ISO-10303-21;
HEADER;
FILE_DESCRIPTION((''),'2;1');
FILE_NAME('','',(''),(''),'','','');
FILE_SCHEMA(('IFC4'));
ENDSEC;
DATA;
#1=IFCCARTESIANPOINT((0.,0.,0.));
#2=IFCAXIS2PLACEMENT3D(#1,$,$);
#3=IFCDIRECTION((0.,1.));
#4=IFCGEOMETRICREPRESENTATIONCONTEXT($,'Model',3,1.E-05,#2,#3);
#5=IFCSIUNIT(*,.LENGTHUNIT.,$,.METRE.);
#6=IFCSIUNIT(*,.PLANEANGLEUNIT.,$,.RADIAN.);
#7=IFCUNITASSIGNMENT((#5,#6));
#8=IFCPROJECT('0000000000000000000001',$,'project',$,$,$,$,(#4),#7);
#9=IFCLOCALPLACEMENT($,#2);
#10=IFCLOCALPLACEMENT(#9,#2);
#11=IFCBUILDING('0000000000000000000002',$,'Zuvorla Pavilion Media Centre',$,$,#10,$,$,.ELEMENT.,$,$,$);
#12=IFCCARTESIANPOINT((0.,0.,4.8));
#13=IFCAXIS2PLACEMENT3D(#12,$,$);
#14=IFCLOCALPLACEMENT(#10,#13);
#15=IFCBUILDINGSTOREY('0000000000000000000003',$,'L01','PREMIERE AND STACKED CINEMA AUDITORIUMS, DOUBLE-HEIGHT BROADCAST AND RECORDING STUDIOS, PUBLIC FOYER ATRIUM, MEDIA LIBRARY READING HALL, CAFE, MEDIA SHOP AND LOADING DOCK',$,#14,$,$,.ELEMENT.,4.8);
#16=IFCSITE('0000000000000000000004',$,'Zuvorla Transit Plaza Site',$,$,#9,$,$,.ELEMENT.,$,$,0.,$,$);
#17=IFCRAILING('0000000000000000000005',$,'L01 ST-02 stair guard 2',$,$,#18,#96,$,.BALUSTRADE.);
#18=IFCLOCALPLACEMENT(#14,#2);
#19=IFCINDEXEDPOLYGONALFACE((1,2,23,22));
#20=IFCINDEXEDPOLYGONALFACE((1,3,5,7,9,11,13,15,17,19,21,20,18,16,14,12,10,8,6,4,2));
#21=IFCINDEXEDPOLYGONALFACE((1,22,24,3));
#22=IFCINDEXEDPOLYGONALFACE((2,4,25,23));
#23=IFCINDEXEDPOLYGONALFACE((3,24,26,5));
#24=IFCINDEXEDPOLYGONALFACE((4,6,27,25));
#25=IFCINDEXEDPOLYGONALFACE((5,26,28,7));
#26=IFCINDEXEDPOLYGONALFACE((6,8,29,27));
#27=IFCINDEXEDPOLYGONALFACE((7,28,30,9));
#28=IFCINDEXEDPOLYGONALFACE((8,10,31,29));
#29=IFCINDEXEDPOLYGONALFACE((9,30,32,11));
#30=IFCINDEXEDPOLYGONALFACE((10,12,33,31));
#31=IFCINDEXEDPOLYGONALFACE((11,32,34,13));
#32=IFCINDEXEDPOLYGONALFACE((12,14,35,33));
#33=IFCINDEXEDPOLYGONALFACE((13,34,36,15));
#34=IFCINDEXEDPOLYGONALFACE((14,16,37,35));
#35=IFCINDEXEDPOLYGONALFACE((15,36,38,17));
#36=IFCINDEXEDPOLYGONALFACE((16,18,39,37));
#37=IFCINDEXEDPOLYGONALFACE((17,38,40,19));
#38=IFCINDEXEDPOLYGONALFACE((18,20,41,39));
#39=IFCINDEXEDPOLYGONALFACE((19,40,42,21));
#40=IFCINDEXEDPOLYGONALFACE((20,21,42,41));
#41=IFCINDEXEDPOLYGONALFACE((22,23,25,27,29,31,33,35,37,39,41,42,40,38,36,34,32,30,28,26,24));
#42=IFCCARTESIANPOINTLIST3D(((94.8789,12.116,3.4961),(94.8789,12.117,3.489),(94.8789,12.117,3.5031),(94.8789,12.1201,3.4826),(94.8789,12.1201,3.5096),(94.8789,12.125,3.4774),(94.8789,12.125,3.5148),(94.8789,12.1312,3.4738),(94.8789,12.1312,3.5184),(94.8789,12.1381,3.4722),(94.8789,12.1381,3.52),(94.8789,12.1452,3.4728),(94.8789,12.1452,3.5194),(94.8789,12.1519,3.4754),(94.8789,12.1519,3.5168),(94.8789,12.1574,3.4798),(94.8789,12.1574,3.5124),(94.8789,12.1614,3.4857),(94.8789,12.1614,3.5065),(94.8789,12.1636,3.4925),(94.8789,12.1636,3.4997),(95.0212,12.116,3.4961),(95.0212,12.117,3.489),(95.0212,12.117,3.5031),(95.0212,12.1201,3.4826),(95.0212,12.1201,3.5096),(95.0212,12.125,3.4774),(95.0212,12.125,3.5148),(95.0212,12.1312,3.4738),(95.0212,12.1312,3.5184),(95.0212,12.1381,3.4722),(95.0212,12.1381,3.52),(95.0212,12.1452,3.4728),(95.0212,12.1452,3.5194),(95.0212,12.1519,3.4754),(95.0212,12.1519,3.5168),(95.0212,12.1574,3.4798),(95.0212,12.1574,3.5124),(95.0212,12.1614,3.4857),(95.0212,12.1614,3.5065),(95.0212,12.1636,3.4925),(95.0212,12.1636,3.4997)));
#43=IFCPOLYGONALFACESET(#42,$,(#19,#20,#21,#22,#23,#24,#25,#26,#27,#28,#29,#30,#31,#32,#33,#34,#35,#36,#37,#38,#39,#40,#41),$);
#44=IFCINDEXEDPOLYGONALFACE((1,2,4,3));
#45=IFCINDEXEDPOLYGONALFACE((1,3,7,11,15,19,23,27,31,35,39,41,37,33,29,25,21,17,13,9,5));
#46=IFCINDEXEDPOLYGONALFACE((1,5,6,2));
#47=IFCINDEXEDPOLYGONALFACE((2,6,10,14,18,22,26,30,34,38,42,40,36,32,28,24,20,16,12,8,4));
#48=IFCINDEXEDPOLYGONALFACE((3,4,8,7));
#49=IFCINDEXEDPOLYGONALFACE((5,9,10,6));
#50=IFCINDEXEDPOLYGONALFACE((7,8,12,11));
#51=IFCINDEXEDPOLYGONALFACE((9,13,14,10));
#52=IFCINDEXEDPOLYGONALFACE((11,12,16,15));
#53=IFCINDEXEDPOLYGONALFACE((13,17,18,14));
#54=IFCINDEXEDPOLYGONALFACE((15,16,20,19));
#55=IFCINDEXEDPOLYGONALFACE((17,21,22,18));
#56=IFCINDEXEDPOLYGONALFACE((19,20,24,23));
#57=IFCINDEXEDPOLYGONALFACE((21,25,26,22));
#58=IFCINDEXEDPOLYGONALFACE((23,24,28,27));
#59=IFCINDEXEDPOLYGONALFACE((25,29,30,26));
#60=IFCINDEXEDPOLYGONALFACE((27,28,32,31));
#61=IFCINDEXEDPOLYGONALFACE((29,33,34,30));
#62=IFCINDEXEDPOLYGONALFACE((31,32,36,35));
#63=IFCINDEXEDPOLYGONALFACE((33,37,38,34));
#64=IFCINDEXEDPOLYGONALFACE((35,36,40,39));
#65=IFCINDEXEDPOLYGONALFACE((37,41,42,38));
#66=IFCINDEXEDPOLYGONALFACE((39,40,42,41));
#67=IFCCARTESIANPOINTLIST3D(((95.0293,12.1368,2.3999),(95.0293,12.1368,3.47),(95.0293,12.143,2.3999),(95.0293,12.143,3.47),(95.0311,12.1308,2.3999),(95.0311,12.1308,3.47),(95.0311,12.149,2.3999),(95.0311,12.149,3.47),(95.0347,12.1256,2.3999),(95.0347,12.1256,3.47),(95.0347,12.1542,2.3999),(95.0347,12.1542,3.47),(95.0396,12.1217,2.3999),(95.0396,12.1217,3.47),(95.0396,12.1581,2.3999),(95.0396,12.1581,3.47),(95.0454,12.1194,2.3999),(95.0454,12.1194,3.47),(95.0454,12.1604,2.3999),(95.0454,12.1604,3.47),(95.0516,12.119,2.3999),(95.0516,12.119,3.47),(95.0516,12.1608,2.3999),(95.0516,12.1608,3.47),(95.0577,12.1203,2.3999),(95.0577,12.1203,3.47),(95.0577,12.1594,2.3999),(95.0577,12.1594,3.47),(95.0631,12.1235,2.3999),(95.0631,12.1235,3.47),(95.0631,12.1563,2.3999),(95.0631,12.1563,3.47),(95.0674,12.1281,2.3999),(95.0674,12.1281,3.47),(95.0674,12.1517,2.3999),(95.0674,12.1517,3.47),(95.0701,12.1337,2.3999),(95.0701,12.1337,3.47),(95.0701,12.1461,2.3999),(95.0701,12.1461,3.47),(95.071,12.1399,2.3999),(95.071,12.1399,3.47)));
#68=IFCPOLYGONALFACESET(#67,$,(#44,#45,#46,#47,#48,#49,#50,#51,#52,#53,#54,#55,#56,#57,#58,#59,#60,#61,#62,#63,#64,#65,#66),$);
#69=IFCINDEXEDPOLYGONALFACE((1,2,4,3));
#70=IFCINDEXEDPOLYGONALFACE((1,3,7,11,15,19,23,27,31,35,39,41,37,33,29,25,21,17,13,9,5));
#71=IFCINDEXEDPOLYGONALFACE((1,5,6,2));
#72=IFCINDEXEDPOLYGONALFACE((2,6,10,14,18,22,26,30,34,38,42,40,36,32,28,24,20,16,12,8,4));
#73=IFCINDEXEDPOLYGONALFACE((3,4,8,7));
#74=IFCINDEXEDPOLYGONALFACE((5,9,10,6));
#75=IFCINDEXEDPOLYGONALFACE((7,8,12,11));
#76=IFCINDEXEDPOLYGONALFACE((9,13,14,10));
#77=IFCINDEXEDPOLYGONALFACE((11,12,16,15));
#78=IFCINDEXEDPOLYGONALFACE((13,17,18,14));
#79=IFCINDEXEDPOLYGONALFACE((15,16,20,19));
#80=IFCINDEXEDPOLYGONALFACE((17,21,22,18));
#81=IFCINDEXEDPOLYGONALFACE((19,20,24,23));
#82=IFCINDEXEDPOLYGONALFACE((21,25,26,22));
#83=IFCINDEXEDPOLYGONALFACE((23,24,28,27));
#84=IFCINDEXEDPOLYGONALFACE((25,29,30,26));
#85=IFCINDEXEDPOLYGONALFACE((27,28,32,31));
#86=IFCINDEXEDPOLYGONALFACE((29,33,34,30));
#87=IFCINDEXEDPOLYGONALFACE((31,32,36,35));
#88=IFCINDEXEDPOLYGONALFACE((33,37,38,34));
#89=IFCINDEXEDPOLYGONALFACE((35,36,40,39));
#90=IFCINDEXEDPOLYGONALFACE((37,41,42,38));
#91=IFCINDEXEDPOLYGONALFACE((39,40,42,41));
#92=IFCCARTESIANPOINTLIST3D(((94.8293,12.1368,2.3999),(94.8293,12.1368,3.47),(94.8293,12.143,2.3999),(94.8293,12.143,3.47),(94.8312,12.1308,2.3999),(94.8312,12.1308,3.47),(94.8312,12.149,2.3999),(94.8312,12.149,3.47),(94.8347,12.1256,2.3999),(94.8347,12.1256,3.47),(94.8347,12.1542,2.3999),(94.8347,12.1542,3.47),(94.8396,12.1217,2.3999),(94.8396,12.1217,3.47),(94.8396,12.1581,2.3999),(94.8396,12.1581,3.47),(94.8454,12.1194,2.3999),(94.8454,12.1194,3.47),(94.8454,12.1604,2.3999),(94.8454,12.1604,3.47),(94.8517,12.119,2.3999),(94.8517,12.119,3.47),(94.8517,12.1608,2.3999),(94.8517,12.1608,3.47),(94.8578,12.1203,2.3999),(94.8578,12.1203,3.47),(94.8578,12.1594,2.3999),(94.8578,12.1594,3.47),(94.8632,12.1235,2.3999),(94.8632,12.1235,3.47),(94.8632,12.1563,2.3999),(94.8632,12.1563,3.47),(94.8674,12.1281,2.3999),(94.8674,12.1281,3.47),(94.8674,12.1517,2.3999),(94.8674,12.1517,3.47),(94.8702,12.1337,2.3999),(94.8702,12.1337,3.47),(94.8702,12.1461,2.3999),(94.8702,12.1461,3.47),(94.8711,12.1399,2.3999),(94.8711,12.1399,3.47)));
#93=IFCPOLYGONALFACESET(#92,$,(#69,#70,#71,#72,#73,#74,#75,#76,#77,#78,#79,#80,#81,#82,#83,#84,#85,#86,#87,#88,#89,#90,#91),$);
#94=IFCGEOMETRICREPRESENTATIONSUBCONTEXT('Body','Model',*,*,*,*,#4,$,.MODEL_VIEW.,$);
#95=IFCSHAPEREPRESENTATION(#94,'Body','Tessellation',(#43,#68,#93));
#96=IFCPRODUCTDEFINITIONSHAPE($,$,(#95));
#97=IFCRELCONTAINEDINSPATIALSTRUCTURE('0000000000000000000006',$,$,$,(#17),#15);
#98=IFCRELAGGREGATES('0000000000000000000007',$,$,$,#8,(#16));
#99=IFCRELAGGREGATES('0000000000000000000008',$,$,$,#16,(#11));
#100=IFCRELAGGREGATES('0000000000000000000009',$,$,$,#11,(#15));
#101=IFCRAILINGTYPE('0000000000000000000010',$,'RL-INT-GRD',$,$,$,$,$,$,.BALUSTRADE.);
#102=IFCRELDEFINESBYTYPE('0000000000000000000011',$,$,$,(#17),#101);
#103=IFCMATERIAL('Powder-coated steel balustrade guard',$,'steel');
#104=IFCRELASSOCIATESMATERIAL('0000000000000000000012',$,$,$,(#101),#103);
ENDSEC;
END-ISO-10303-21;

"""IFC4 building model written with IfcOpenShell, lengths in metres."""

from ifc_helpers import new_model, si_unit, direction, frame, origin, origin_2d, place, context, subcontext, project, spatial, circle, extrude, material, type_object, element, save


model = new_model("IFC4")

# Units and contexts
model_context = context("Model", 3, precision=1e-05, world=origin(), true_north=direction((0.0, 1.0)))
body_context = subcontext(model_context, "Body", "Model", "MODEL_VIEW")
ifc_project = project(units=[si_unit("LENGTHUNIT", "METRE"), si_unit("PLANEANGLEUNIT", "RADIAN")], contexts=[model_context])

# Site, building, storey
site_placement = place(None, origin())
site = spatial("IfcSite", under=ifc_project, at=site_placement, Name="Zuvorla Transit Plaza Site", CompositionType="ELEMENT", RefElevation=0.0)
building_placement = place(site_placement, origin())
building = spatial("IfcBuilding", under=site, at=building_placement, Name="Zuvorla Pavilion Media Centre", CompositionType="ELEMENT")
storey_placement = place(building_placement, frame((0.0, 0.0, 4.8)))
storey = spatial("IfcBuildingStorey", under=building, at=storey_placement, Name="L01", Description="PREMIERE AND STACKED CINEMA AUDITORIUMS, DOUBLE-HEIGHT BROADCAST AND RECORDING STUDIOS, PUBLIC FOYER ATRIUM, MEDIA LIBRARY READING HALL, CAFE, MEDIA SHOP AND LOADING DOCK", CompositionType="ELEMENT", Elevation=4.8)

# Railing
ifc_material_1 = material(Name="Powder-coated steel balustrade guard", Category="steel")
railing_type_1 = type_object("IfcRailingType", Name="RL-INT-GRD", PredefinedType="BALUSTRADE", material=ifc_material_1)
railing_1_placement = place(storey_placement, frame((95.05, 12.1399, 2.3999)))
element("IfcRailing", 1, at=railing_1_placement, inside=storey, type_object=railing_type_1, Name="L01 ST-02 stair guard 2", PredefinedType="BALUSTRADE", context=body_context, shape_type="SweptSolid", body=[
    extrude(circle(Radius=0.0239, at=origin_2d()), frame((-0.0288, 0.0, 1.0962), z_axis=(-1.0, 0.0, 0.0), x_axis=(0.0, -1.0, 0.0)), (0.0, 0.0, 1.0), 0.1423),
    extrude(circle(Radius=0.021, at=origin_2d()), origin(), (0.0, 0.0, 1.0), 1.0701),
    extrude(circle(Radius=0.021, at=origin_2d()), frame((-0.2, 0.0, 0.0)), (0.0, 0.0, 1.0), 1.0701),
])

save(model, "model.ifc")
